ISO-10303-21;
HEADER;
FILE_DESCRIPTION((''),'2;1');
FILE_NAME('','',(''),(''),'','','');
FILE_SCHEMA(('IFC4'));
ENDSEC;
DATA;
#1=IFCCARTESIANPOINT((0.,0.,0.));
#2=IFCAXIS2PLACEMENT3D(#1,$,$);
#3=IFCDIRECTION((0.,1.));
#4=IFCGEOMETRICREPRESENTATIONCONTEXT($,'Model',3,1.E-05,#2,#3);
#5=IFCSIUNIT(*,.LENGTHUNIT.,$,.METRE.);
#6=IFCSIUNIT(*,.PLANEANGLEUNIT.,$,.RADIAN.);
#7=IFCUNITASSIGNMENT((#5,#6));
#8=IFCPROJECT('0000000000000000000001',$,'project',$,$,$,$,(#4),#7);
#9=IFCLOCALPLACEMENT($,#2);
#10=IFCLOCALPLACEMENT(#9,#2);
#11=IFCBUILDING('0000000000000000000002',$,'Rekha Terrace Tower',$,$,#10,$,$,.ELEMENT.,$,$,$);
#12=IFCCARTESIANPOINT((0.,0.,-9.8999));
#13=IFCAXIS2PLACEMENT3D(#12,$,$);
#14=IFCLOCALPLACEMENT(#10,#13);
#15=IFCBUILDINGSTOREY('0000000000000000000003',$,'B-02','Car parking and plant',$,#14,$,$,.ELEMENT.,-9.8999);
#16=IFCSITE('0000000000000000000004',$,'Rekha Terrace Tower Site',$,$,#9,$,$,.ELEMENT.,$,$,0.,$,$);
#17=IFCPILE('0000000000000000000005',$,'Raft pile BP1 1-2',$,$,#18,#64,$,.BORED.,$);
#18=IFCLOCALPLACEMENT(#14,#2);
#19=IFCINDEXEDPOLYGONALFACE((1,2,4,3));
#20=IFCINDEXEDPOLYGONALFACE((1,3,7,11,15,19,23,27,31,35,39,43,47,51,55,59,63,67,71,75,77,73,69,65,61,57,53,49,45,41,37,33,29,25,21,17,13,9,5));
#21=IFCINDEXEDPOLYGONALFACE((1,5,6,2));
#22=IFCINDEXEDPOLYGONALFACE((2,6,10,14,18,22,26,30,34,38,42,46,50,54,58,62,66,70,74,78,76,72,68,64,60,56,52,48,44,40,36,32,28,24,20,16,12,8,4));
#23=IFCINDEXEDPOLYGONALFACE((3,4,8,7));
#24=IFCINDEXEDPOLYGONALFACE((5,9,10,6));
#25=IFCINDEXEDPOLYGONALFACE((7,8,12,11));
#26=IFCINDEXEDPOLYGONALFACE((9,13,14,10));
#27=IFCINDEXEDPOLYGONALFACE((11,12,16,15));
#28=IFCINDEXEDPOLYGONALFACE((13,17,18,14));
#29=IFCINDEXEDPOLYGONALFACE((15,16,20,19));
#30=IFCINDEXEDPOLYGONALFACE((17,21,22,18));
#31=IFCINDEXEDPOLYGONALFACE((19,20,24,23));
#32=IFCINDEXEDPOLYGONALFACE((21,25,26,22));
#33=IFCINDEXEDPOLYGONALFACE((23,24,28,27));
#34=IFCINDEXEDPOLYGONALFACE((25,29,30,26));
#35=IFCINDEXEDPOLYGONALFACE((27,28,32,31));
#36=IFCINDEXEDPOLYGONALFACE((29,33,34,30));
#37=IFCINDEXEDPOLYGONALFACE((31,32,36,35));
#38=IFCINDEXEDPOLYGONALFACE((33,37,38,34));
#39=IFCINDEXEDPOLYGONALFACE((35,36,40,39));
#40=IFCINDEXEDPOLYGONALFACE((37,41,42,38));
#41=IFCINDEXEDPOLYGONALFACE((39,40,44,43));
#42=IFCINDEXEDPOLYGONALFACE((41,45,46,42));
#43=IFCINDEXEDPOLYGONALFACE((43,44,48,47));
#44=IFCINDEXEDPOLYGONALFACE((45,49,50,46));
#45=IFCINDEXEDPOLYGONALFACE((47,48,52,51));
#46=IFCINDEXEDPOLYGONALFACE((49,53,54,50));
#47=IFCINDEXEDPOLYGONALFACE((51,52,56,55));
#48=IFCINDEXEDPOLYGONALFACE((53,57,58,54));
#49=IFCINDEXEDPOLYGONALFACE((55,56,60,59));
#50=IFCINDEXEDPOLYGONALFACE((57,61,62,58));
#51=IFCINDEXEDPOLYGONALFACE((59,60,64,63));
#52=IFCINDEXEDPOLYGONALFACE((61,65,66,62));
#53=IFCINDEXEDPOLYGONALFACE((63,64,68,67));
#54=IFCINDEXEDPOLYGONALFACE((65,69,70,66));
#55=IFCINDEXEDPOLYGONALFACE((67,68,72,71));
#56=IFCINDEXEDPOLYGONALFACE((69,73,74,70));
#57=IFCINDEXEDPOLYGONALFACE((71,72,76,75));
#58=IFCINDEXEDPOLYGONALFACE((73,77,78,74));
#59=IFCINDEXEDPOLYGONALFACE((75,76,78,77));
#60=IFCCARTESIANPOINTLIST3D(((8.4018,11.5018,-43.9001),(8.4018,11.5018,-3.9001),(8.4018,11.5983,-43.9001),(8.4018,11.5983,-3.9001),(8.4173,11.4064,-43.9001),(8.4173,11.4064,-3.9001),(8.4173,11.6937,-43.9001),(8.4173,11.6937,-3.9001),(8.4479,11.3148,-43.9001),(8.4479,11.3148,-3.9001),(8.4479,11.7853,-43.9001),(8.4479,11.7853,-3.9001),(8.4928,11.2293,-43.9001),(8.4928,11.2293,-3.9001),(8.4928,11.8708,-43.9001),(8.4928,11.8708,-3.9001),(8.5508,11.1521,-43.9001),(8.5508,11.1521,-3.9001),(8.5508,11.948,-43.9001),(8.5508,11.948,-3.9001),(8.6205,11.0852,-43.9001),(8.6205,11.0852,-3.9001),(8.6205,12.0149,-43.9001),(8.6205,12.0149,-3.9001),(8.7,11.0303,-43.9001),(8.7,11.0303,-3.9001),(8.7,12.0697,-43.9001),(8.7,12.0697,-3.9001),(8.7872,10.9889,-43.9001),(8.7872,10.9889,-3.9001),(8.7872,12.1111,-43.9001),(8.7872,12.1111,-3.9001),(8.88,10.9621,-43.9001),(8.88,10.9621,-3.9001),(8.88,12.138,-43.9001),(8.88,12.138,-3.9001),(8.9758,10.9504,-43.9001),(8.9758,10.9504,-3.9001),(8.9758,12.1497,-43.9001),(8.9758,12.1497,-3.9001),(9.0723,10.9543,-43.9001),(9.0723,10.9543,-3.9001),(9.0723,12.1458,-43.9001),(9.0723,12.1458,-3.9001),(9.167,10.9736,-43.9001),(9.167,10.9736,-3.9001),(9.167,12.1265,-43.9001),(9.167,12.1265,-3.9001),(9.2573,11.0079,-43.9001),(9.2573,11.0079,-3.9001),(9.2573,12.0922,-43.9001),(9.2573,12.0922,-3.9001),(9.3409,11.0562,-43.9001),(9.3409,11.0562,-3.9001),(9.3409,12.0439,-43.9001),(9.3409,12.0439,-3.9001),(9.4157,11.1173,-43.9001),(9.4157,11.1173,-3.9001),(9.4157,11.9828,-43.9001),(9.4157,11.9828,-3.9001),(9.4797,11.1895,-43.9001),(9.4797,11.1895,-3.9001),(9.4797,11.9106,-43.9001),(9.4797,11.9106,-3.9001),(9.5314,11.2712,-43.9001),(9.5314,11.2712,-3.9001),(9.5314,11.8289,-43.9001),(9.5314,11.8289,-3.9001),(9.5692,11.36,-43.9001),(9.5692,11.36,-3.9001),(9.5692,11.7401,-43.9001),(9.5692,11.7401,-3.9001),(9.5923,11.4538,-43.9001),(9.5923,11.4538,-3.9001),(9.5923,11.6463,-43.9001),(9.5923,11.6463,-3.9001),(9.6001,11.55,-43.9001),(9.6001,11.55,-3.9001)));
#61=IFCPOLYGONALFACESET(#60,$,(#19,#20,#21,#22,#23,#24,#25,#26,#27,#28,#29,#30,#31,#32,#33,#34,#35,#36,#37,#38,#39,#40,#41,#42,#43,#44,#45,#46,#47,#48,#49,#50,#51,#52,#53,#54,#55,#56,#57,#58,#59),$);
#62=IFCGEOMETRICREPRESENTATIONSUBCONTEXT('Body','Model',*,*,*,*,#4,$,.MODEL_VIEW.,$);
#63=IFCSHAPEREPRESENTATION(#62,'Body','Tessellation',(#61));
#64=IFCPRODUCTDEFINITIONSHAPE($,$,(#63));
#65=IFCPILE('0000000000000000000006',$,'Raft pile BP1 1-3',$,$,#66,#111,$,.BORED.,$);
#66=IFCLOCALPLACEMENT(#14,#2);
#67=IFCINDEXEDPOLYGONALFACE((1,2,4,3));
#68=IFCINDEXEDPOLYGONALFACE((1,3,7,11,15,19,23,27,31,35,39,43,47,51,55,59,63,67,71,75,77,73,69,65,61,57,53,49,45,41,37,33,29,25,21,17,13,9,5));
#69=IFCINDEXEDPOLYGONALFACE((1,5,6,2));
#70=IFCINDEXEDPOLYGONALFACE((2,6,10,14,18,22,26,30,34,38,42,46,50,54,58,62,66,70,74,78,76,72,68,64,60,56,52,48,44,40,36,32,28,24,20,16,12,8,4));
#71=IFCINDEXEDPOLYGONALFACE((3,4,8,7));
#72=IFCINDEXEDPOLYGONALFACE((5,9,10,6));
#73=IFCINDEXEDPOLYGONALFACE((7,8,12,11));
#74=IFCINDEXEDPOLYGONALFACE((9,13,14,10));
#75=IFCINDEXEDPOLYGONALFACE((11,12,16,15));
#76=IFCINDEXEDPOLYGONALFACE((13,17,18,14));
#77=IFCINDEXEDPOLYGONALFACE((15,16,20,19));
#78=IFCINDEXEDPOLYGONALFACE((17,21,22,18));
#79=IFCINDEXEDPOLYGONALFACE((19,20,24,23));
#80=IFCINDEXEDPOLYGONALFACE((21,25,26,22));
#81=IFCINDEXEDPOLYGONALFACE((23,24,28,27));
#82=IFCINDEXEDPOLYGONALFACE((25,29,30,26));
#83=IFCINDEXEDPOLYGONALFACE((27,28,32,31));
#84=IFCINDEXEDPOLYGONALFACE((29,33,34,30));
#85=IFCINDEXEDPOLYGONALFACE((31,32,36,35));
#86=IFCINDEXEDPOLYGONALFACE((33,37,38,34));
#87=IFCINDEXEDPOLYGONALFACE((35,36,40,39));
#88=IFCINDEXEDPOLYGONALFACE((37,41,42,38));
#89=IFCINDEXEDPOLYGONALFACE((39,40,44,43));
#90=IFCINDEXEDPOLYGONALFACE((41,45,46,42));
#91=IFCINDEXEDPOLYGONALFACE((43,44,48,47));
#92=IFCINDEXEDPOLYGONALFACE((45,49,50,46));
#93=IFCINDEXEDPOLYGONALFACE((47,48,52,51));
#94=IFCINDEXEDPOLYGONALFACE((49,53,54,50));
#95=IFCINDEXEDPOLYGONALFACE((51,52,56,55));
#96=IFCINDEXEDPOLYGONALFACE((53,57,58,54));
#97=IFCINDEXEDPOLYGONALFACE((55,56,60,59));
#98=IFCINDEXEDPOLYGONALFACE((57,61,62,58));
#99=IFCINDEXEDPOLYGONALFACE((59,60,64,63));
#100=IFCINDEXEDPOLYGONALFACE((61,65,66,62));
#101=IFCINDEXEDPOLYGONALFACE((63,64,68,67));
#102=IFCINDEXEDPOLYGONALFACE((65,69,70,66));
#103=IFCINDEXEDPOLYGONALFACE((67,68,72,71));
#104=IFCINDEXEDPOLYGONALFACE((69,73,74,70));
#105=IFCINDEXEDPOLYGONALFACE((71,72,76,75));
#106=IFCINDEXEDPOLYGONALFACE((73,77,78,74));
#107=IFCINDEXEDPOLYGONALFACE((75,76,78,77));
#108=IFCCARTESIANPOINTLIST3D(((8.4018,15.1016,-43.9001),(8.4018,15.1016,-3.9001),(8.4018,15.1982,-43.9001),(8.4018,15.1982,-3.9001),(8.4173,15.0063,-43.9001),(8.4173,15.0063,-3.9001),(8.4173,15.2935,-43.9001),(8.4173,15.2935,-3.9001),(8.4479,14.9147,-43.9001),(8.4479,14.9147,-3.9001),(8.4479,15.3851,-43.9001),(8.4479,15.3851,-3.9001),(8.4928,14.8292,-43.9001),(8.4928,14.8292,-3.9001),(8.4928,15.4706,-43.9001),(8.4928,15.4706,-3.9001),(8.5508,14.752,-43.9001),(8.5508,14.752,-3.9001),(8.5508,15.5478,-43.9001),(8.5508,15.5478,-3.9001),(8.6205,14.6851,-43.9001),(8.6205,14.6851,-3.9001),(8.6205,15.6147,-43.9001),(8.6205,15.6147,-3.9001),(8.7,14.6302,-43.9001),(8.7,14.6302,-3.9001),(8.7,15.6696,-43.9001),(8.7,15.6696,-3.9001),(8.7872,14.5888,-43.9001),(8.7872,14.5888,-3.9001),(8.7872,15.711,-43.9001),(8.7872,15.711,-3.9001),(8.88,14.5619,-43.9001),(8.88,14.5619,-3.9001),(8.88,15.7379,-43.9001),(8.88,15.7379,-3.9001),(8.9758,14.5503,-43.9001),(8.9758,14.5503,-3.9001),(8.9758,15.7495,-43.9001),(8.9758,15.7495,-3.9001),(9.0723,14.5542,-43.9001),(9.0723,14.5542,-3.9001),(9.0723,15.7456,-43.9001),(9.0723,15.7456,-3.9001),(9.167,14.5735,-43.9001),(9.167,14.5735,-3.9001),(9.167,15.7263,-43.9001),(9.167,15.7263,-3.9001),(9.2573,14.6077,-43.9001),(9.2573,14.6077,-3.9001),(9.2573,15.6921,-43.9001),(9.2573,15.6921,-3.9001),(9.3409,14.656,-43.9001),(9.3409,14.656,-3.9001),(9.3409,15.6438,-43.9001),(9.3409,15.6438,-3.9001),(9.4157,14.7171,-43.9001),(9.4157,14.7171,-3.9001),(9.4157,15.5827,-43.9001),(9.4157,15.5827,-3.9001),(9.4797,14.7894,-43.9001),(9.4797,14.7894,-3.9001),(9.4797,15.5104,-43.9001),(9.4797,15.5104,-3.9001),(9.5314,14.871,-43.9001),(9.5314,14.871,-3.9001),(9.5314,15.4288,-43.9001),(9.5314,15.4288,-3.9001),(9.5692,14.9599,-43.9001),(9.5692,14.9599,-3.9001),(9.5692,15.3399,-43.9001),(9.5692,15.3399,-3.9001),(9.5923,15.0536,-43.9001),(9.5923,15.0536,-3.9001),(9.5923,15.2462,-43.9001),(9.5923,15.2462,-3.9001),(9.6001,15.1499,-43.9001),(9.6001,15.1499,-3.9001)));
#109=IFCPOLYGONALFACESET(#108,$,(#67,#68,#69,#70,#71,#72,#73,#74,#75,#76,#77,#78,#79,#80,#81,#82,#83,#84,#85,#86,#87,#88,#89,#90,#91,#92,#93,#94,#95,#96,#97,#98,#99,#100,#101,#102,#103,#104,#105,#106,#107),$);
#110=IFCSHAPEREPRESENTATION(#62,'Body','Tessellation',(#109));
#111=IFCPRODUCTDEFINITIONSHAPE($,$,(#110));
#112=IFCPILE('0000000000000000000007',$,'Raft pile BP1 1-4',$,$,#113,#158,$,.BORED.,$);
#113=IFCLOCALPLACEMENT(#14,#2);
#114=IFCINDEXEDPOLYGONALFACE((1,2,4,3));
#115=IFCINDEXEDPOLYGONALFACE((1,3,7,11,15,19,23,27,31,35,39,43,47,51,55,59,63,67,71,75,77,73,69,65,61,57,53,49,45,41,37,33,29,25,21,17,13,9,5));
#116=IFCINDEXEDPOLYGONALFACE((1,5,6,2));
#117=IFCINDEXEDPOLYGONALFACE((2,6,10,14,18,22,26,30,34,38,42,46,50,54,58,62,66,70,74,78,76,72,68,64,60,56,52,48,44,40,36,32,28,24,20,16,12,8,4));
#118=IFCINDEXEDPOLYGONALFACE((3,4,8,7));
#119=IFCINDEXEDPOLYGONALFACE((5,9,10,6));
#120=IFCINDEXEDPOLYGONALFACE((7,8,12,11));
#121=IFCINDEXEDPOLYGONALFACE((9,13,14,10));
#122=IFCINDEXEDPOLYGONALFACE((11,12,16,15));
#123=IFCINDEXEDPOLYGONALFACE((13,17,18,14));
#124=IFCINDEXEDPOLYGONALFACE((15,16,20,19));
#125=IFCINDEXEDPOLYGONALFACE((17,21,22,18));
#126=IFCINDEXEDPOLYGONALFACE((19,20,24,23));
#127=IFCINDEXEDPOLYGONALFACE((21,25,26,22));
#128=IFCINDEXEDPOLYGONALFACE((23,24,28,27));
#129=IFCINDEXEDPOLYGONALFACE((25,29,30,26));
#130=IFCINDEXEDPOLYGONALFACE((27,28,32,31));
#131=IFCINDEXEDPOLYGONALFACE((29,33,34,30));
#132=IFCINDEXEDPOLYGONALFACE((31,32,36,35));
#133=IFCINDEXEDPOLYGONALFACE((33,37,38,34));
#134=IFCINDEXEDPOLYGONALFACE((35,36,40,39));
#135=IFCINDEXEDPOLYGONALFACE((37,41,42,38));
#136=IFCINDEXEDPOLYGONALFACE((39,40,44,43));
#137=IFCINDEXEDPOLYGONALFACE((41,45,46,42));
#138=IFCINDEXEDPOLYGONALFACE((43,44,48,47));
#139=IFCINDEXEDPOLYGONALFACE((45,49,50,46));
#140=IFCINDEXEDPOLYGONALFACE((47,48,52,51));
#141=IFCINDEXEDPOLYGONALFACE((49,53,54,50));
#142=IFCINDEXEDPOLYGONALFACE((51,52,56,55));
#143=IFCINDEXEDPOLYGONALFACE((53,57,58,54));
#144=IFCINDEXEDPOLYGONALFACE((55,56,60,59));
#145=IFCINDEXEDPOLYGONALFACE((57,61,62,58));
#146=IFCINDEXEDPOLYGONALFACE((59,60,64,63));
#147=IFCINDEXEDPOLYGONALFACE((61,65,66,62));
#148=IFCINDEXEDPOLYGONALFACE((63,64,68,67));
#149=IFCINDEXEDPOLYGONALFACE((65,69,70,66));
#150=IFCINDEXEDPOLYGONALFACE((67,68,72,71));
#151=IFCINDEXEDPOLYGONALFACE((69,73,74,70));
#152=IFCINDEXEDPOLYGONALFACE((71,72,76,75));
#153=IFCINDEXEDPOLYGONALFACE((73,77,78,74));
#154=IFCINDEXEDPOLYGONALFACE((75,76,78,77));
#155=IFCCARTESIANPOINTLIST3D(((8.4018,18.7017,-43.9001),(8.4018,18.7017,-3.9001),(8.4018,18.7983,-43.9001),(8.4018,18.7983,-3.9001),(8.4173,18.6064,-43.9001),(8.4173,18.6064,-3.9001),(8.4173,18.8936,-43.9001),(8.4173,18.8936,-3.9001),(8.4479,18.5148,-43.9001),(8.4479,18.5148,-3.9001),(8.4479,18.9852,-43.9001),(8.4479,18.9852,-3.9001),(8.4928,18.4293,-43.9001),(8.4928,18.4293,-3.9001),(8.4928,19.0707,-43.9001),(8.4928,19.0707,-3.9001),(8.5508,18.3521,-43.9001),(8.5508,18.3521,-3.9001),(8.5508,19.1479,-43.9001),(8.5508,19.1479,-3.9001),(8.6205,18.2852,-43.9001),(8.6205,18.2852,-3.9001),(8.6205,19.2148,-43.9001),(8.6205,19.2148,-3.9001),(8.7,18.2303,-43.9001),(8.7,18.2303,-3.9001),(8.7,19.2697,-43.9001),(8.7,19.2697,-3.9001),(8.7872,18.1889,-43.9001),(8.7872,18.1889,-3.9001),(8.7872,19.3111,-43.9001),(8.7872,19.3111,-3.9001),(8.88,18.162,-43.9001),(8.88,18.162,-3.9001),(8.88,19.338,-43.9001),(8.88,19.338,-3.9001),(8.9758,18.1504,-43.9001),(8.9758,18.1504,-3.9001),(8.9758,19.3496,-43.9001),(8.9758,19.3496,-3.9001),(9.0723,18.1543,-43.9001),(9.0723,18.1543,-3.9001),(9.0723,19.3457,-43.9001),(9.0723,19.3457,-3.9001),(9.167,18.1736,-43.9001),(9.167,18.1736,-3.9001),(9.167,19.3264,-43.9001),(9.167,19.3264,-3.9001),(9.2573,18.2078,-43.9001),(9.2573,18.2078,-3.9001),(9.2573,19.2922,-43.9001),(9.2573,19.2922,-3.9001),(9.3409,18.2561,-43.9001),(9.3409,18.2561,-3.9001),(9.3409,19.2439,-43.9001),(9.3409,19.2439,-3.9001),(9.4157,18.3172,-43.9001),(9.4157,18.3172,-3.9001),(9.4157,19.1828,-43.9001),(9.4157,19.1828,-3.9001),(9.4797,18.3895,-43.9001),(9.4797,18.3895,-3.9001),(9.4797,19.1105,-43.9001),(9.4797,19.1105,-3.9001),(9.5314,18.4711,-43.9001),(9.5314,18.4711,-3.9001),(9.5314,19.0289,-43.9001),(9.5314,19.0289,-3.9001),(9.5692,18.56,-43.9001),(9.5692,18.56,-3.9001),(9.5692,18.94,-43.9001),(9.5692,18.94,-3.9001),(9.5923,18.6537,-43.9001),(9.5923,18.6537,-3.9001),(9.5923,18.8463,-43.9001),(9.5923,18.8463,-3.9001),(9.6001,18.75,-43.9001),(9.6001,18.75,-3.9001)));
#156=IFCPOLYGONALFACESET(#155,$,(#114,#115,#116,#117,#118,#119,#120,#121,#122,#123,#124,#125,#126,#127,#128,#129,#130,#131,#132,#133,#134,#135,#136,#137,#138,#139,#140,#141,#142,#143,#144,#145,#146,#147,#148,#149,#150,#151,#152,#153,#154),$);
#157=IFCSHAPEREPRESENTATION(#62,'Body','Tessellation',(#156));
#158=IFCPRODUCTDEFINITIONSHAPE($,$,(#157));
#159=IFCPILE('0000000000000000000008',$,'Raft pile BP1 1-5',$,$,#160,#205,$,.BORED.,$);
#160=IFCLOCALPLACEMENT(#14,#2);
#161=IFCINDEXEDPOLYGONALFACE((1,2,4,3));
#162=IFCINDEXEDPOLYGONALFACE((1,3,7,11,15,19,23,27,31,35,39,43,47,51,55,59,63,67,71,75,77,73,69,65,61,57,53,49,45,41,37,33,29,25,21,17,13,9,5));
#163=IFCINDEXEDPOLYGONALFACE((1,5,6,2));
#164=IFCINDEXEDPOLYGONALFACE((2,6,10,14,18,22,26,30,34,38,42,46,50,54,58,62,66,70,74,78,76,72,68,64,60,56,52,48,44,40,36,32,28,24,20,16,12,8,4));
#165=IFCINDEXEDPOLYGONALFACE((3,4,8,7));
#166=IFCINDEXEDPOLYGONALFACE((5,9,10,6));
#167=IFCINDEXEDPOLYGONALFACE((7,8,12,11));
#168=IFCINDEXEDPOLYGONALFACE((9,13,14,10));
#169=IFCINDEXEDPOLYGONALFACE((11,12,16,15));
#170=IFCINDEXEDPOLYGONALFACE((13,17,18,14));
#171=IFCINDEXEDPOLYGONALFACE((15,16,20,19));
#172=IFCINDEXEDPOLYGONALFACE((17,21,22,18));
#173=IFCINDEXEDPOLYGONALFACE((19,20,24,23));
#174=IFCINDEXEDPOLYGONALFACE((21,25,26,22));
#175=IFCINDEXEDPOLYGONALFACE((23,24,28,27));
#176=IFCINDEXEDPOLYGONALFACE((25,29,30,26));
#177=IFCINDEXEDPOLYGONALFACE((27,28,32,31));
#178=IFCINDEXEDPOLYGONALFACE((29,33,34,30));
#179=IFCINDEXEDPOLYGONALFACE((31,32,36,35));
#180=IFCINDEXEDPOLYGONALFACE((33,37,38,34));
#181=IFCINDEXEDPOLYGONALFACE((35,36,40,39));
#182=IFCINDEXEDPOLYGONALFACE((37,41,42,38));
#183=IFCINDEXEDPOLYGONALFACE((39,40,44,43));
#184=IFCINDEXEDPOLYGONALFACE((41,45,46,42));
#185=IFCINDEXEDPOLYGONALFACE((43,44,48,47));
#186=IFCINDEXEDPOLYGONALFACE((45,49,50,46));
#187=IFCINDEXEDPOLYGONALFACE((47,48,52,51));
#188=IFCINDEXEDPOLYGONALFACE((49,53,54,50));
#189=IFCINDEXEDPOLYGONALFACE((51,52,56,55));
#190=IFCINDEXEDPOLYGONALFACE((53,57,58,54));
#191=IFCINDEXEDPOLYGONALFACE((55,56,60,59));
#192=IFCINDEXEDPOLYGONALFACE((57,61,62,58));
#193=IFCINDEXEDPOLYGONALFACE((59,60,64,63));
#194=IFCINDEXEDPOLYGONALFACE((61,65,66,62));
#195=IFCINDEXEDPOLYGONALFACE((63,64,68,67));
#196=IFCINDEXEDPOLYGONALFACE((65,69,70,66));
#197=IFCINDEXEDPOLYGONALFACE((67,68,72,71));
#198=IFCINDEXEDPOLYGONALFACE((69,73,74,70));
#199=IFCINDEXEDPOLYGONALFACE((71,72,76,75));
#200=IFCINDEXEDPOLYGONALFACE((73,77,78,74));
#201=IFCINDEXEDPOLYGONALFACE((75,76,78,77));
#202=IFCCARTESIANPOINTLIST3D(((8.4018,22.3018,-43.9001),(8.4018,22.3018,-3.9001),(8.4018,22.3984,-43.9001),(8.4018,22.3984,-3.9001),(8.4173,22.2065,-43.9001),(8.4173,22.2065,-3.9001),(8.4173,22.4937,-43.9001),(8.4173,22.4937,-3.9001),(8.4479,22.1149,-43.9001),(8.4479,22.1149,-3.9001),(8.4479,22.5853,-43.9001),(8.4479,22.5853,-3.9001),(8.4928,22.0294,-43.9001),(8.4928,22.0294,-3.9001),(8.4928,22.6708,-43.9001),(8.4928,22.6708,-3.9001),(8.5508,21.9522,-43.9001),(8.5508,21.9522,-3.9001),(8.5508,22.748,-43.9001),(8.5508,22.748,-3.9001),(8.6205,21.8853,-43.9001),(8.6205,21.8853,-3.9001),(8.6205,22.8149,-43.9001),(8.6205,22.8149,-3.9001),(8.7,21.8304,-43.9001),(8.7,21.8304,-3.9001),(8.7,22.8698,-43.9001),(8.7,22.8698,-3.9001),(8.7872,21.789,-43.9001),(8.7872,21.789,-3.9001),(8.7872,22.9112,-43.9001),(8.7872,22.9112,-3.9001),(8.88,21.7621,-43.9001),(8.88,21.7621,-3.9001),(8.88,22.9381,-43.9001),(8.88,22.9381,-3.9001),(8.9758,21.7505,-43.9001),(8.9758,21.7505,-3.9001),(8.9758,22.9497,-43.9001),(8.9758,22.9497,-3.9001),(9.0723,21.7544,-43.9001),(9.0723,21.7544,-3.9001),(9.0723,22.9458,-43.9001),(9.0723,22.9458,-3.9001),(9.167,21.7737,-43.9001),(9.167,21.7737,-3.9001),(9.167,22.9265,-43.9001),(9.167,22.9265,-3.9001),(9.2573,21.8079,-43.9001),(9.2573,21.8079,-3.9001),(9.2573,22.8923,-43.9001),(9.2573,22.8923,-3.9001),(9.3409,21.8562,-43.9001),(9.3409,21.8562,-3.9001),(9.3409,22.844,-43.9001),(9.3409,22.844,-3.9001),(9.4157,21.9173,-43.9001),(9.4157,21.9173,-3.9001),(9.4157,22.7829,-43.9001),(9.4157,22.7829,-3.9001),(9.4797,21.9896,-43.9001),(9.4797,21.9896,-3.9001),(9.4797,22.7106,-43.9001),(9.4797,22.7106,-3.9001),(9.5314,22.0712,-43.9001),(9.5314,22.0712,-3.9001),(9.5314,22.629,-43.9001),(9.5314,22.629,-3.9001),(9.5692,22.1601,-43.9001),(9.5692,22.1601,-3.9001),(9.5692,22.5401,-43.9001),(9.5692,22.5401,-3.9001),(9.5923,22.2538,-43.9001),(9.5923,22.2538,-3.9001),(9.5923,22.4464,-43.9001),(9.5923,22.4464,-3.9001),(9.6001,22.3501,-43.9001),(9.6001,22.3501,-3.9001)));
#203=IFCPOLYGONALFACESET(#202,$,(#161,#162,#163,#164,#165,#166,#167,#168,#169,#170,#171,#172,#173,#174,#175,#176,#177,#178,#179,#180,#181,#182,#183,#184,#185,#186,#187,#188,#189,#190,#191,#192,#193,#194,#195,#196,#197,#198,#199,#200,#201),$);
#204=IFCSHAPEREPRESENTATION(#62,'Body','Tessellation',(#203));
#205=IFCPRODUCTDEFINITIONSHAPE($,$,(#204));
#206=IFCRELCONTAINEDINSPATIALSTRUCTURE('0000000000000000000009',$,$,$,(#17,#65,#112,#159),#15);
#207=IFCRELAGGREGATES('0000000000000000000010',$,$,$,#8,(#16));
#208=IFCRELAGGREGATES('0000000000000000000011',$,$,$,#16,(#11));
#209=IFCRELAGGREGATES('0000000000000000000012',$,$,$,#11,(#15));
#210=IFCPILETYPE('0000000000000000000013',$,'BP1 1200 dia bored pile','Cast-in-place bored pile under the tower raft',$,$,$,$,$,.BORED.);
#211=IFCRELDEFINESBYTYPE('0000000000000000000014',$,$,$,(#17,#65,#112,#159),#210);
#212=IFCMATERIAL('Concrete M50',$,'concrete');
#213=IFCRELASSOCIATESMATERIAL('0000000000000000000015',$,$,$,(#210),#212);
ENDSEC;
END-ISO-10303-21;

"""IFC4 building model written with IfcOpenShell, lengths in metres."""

from ifc_helpers import new_model, si_unit, direction, frame, origin, origin_2d, place, context, subcontext, project, spatial, circle, extrude, material, type_object, element, save


model = new_model("IFC4")

# Units and contexts
model_context = context("Model", 3, precision=1e-05, world=origin(), true_north=direction((0.0, 1.0)))
body_context = subcontext(model_context, "Body", "Model", "MODEL_VIEW")
ifc_project = project(units=[si_unit("LENGTHUNIT", "METRE"), si_unit("PLANEANGLEUNIT", "RADIAN")], contexts=[model_context])

# Site, building, storey
site_placement = place(None, origin())
site = spatial("IfcSite", under=ifc_project, at=site_placement, Name="Rekha Terrace Tower Site", CompositionType="ELEMENT", RefElevation=0.0)
building_placement = place(site_placement, origin())
building = spatial("IfcBuilding", under=site, at=building_placement, Name="Rekha Terrace Tower", CompositionType="ELEMENT")
storey_placement = place(building_placement, frame((0.0, 0.0, -9.8999)))
storey = spatial("IfcBuildingStorey", under=building, at=storey_placement, Name="B-02", Description="Car parking and plant", CompositionType="ELEMENT", Elevation=-9.8999)

# Piles
ifc_material_1 = material(Name="Concrete M50", Category="concrete")
pile_type_1 = type_object("IfcPileType", Name="BP1 1200 dia bored pile", Description="Cast-in-place bored pile under the tower raft", PredefinedType="BORED", material=ifc_material_1)
for number, where, z_axis, x_axis, name in (
    (1, (9.0, 11.55, -3.9001), (0.0, 0.0, -1.0), (1.0, 0.0, 0.0), "Raft pile BP1 1-2"),
    (2, (9.0, 15.1499, -3.9001), (0.0, 0.0, -1.0), (1.0, 0.0, 0.0), "Raft pile BP1 1-3"),
    (3, (9.0, 18.75, -3.9001), (0.0, 0.0, -1.0), (1.0, 0.0, 0.0), "Raft pile BP1 1-4"),
    (4, (9.0, 22.3501, -3.9001), (0.0, 0.0, -1.0), (1.0, 0.0, 0.0), "Raft pile BP1 1-5"),
):
    element("IfcPile", number, at=place(storey_placement, frame(where, z_axis=z_axis, x_axis=x_axis)), inside=storey, type_object=pile_type_1, Name=name, PredefinedType="BORED", context=body_context, shape_type="SweptSolid", body=[
        extrude(circle(Radius=0.6001, at=origin_2d()), origin(), (0.0, 0.0, 1.0), 40.0),
    ])

save(model, "model.ifc")
